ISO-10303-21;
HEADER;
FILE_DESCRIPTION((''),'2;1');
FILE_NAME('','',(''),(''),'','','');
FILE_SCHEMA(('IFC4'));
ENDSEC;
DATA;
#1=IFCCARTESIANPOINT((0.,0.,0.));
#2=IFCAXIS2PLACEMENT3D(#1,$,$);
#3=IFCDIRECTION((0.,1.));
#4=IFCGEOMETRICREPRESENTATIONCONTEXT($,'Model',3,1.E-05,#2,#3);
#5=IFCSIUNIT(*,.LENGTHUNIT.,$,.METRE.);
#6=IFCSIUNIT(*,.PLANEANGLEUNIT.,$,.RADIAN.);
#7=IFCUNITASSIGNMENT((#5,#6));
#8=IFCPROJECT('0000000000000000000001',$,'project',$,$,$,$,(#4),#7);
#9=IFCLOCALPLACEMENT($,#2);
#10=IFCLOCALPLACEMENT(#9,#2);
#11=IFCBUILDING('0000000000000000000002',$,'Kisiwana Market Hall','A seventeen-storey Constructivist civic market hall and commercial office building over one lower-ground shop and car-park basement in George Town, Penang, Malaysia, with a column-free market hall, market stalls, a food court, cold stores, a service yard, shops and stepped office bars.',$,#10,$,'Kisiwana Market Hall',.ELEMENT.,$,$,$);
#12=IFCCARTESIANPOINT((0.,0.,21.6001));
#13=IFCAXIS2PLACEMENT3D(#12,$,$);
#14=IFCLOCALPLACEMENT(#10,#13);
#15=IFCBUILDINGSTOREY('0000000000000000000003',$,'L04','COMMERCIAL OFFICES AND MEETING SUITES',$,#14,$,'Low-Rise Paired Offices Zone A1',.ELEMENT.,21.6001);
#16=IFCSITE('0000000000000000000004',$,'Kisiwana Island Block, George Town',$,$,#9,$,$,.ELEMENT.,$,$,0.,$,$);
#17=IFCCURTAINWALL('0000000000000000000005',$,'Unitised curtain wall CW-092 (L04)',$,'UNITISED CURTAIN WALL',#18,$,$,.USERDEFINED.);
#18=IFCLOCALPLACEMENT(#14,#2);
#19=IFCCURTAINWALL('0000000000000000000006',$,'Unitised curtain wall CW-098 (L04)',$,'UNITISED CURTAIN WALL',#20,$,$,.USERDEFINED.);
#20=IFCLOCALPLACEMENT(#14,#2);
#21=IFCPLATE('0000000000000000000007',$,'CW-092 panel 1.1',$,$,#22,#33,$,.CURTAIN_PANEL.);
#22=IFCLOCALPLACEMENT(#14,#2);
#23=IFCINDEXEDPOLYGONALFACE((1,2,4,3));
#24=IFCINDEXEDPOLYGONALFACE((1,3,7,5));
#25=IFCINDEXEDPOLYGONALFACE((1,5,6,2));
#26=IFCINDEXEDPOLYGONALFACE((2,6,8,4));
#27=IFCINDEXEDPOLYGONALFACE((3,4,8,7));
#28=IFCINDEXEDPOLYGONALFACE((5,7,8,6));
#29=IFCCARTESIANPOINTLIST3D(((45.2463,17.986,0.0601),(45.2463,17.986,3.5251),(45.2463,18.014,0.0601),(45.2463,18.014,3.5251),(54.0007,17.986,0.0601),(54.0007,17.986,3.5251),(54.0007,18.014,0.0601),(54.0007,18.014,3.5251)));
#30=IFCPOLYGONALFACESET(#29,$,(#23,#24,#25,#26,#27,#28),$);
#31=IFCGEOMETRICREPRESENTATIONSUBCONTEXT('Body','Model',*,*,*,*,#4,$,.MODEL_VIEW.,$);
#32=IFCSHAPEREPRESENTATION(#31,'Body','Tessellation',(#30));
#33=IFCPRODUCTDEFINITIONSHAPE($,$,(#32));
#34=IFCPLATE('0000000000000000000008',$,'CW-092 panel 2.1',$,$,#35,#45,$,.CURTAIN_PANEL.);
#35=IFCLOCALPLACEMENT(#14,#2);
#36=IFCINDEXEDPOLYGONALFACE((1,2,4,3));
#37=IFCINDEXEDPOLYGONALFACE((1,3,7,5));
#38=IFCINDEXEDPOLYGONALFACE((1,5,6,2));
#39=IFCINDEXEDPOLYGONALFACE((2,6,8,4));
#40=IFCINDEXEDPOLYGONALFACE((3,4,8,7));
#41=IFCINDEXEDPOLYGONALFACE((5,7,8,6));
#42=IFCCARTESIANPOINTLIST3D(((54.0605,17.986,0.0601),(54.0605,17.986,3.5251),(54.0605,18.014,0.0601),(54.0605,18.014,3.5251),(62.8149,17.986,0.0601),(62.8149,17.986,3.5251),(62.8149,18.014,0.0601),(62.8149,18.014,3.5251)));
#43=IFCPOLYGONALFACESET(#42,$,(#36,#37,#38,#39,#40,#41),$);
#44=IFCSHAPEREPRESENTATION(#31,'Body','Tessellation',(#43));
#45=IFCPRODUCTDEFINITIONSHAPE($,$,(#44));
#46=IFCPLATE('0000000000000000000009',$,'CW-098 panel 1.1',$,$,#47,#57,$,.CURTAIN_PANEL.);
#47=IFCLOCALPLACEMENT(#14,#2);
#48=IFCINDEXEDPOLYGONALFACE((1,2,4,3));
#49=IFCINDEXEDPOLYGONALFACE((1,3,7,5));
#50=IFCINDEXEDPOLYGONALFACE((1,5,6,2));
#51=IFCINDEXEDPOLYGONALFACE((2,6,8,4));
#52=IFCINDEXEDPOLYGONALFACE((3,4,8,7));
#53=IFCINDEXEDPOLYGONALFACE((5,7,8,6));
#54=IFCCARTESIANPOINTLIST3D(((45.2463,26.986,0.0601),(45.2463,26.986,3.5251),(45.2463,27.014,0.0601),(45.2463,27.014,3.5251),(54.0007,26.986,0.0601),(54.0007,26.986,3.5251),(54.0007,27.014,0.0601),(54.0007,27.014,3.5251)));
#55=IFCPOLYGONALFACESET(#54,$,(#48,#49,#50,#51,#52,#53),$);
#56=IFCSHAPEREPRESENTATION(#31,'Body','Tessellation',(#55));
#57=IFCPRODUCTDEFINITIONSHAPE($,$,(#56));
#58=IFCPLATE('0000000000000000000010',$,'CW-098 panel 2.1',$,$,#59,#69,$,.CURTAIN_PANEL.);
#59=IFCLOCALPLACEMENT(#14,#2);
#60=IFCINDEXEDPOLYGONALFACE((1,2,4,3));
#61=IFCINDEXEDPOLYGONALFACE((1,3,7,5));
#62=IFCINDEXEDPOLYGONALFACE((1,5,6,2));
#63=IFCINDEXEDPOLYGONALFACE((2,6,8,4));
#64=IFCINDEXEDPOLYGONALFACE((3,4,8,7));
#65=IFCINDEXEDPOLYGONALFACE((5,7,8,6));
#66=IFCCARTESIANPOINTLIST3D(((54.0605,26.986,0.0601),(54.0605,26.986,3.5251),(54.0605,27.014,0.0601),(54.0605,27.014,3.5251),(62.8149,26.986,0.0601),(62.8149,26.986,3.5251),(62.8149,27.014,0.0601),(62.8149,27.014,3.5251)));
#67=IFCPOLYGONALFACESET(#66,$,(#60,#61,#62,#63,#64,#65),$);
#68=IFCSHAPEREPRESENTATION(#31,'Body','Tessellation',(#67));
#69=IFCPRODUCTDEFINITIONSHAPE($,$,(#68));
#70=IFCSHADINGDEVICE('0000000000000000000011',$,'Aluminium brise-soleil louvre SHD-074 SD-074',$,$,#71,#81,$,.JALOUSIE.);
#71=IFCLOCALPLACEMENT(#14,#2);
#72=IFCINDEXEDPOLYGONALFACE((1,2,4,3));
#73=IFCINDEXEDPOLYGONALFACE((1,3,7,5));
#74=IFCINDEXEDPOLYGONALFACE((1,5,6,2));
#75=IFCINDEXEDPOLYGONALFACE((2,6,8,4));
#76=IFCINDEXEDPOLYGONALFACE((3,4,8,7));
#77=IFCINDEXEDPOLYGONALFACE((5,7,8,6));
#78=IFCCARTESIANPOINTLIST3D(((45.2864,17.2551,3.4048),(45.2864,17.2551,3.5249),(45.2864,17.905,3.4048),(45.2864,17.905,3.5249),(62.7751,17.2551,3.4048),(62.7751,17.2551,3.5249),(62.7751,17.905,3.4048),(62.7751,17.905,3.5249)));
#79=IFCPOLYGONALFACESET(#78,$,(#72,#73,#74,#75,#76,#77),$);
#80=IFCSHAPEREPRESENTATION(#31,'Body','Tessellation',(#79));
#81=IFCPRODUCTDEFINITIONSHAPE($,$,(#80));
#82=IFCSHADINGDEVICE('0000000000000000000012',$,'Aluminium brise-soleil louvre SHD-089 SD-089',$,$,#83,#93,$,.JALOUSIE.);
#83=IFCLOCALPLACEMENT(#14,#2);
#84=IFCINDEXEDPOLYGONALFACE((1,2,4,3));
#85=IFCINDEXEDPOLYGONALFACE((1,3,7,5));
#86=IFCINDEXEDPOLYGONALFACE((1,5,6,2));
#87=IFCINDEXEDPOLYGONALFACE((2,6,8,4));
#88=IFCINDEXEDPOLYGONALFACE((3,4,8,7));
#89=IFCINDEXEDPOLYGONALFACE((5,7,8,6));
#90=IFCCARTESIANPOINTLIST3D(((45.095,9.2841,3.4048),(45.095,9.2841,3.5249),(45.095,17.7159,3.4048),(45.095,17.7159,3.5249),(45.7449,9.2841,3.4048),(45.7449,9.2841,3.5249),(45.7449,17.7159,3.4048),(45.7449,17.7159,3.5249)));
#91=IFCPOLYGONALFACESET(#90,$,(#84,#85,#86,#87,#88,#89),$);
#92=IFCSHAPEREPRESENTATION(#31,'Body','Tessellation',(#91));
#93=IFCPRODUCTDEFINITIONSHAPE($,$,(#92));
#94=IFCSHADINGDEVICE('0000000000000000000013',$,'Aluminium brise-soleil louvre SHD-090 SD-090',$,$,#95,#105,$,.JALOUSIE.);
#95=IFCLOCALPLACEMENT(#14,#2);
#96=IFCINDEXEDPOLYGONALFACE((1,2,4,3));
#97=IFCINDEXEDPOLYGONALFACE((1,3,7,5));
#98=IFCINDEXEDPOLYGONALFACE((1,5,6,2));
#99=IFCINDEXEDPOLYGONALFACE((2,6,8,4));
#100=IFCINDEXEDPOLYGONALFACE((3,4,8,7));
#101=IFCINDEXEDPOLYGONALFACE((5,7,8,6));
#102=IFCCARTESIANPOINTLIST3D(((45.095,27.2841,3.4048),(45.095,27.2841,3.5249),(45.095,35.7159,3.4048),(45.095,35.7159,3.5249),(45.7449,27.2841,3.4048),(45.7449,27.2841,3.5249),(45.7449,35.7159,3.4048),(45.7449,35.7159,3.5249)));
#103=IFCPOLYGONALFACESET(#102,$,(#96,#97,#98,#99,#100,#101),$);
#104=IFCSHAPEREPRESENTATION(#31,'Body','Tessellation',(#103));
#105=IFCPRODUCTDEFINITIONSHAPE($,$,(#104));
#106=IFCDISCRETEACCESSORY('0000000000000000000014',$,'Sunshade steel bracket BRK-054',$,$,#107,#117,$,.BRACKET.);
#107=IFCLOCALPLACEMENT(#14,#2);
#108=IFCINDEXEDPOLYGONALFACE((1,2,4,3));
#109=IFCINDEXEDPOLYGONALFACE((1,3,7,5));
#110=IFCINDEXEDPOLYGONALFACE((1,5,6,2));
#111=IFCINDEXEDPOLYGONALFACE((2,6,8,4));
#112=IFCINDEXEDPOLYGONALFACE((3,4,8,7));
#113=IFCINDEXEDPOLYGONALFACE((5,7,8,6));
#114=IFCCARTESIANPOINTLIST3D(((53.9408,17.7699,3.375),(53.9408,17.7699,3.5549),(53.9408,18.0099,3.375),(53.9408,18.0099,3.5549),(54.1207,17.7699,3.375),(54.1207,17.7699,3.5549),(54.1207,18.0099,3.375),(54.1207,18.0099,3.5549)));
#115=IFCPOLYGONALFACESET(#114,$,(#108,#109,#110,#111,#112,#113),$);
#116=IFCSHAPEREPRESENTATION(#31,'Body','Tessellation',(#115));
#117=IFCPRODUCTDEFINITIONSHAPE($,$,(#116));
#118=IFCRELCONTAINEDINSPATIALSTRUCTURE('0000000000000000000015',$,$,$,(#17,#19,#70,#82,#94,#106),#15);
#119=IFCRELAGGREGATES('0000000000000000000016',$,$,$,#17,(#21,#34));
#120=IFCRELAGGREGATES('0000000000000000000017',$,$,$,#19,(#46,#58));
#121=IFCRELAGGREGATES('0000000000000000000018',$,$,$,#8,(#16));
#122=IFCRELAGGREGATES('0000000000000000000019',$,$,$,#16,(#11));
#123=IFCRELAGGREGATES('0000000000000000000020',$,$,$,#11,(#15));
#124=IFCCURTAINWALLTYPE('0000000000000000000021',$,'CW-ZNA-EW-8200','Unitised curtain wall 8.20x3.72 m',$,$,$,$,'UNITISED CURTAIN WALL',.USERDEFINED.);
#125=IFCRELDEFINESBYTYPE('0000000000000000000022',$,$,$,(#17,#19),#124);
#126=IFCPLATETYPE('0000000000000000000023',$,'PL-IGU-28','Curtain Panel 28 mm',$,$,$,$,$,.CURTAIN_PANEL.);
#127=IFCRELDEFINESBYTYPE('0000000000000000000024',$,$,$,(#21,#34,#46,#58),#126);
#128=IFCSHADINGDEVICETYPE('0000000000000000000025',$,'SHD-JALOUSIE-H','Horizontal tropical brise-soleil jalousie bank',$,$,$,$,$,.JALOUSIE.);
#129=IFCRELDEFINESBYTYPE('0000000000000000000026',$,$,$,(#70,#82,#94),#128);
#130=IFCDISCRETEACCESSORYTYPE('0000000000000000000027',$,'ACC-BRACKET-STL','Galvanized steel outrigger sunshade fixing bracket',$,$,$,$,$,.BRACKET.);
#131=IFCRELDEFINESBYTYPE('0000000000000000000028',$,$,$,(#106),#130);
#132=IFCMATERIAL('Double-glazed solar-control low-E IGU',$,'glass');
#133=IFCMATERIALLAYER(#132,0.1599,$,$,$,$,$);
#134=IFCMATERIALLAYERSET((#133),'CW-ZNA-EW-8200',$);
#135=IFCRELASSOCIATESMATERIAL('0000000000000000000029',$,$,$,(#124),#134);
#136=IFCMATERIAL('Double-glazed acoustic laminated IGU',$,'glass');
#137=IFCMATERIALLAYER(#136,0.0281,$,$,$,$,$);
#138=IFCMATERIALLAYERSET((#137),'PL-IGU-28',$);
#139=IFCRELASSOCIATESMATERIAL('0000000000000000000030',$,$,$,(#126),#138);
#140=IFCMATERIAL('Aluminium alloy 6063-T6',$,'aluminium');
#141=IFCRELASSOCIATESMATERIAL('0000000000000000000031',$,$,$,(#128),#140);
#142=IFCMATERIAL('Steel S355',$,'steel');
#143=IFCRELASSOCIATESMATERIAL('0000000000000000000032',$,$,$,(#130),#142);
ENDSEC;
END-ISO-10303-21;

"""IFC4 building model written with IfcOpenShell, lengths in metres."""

from ifc_helpers import new_model, si_unit, direction, frame, origin, origin_2d, place, context, subcontext, project, spatial, rectangle, extrude, material, layer, layer_set, type_object, element, aggregate, save


model = new_model("IFC4")

# Units and contexts
model_context = context("Model", 3, precision=1e-05, world=origin(), true_north=direction((0.0, 1.0)))
body_context = subcontext(model_context, "Body", "Model", "MODEL_VIEW")
ifc_project = project(units=[si_unit("LENGTHUNIT", "METRE"), si_unit("PLANEANGLEUNIT", "RADIAN")], contexts=[model_context])

# Site, building, storey
site_placement = place(None, origin())
site = spatial("IfcSite", under=ifc_project, at=site_placement, Name="Kisiwana Island Block, George Town", CompositionType="ELEMENT", RefElevation=0.0)
building_placement = place(site_placement, origin())
building = spatial("IfcBuilding", under=site, at=building_placement, Name="Kisiwana Market Hall", Description="A seventeen-storey Constructivist civic market hall and commercial office building over one lower-ground shop and car-park basement in George Town, Penang, Malaysia, with a column-free market hall, market stalls, a food court, cold stores, a service yard, shops and stepped office bars.", LongName="Kisiwana Market Hall", CompositionType="ELEMENT")
storey_placement = place(building_placement, frame((0.0, 0.0, 21.6001)))
storey = spatial("IfcBuildingStorey", under=building, at=storey_placement, Name="L04", Description="COMMERCIAL OFFICES AND MEETING SUITES", LongName="Low-Rise Paired Offices Zone A1", CompositionType="ELEMENT", Elevation=21.6001)

# Curtain wall
ifc_material_1 = material(Name="Double-glazed solar-control low-E IGU", Category="glass")
ifc_layer_1 = layer(ifc_material_1, 0.1599)
ifc_layer_set_1 = layer_set([ifc_layer_1], Name="CW-ZNA-EW-8200")
curtain_wall_type = type_object("IfcCurtainWallType", Name="CW-ZNA-EW-8200", Description="Unitised curtain wall 8.20x3.72 m", ElementType="UNITISED CURTAIN WALL", PredefinedType="USERDEFINED", material=ifc_layer_set_1)
curtain_wall_1_placement = place(storey_placement, origin())
curtain_wall_1 = element("IfcCurtainWall", 1, at=curtain_wall_1_placement, inside=storey, type_object=curtain_wall_type, Name="Unitised curtain wall CW-092 (L04)", ObjectType="UNITISED CURTAIN WALL", PredefinedType="USERDEFINED")

# Curtain wall
curtain_wall_2_placement = place(storey_placement, origin())
curtain_wall_2 = element("IfcCurtainWall", 2, at=curtain_wall_2_placement, inside=storey, type_object=curtain_wall_type, Name="Unitised curtain wall CW-098 (L04)", ObjectType="UNITISED CURTAIN WALL", PredefinedType="USERDEFINED")

# Plates
ifc_material_2 = material(Name="Double-glazed acoustic laminated IGU", Category="glass")
ifc_layer_2 = layer(ifc_material_2, 0.0281)
ifc_layer_set_2 = layer_set([ifc_layer_2], Name="PL-IGU-28")
plate_type = type_object("IfcPlateType", Name="PL-IGU-28", Description="Curtain Panel 28 mm", PredefinedType="CURTAIN_PANEL", material=ifc_layer_set_2)
plate_1_placement = place(storey_placement, frame((49.6235, 18.0, 0.0601), z_axis=(0.0, 0.0, 1.0), x_axis=(1.0, 0.0, 0.0)))
plate_1 = element("IfcPlate", 3, at=plate_1_placement, type_object=plate_type, Name="CW-092 panel 1.1", PredefinedType="CURTAIN_PANEL", context=body_context, shape_type="SweptSolid", body=[
    extrude(rectangle(XDim=8.7544, YDim=0.0281, at=origin_2d()), origin(), (0.0, 0.0, 1.0), 3.4651),
])
plate_2_placement = place(storey_placement, frame((58.4377, 18.0, 0.0601), z_axis=(0.0, 0.0, 1.0), x_axis=(1.0, 0.0, 0.0)))
plate_2 = element("IfcPlate", 4, at=plate_2_placement, type_object=plate_type, Name="CW-092 panel 2.1", PredefinedType="CURTAIN_PANEL", context=body_context, shape_type="SweptSolid", body=[
    extrude(rectangle(XDim=8.7544, YDim=0.0281, at=origin_2d()), origin(), (0.0, 0.0, 1.0), 3.4651),
])
aggregate(curtain_wall_1, [plate_1, plate_2])
plate_3_placement = place(storey_placement, frame((49.6235, 27.0, 0.0601), z_axis=(0.0, 0.0, 1.0), x_axis=(1.0, 0.0, 0.0)))
plate_3 = element("IfcPlate", 5, at=plate_3_placement, type_object=plate_type, Name="CW-098 panel 1.1", PredefinedType="CURTAIN_PANEL", context=body_context, shape_type="SweptSolid", body=[
    extrude(rectangle(XDim=8.7544, YDim=0.0281, at=origin_2d()), origin(), (0.0, 0.0, 1.0), 3.4651),
])
plate_4_placement = place(storey_placement, frame((58.4377, 27.0, 0.0601), z_axis=(0.0, 0.0, 1.0), x_axis=(1.0, 0.0, 0.0)))
plate_4 = element("IfcPlate", 6, at=plate_4_placement, type_object=plate_type, Name="CW-098 panel 2.1", PredefinedType="CURTAIN_PANEL", context=body_context, shape_type="SweptSolid", body=[
    extrude(rectangle(XDim=8.7544, YDim=0.0281, at=origin_2d()), origin(), (0.0, 0.0, 1.0), 3.4651),
])
aggregate(curtain_wall_2, [plate_3, plate_4])

# Shading devices
ifc_material_3 = material(Name="Aluminium alloy 6063-T6", Category="aluminium")
shading_device_type = type_object("IfcShadingDeviceType", Name="SHD-JALOUSIE-H", Description="Horizontal tropical brise-soleil jalousie bank", PredefinedType="JALOUSIE", material=ifc_material_3)
shading_device_placement = place(storey_placement, frame((54.0308, 17.5801, 3.4048), z_axis=(0.0, 0.0, 1.0), x_axis=(1.0, 0.0, 0.0)))
element("IfcShadingDevice", 7, at=shading_device_placement, inside=storey, type_object=shading_device_type, Name="Aluminium brise-soleil louvre SHD-074 SD-074", PredefinedType="JALOUSIE", context=body_context, shape_type="SweptSolid", body=[
    extrude(rectangle(XDim=17.4888, YDim=0.6499, at=origin_2d()), origin(), (0.0, 0.0, 1.0), 0.1201),
])
for number, where, z_axis, x_axis, name in (
    (8, (45.4199, 13.5, 3.4048), (0.0, 0.0, 1.0), (0.0, 1.0, 0.0), "Aluminium brise-soleil louvre SHD-089 SD-089"),
    (9, (45.4199, 31.5, 3.4048), (0.0, 0.0, 1.0), (0.0, 1.0, 0.0), "Aluminium brise-soleil louvre SHD-090 SD-090"),
):
    element("IfcShadingDevice", number, at=place(storey_placement, frame(where, z_axis=z_axis, x_axis=x_axis)), inside=storey, type_object=shading_device_type, Name=name, PredefinedType="JALOUSIE", context=body_context, shape_type="SweptSolid", body=[
        extrude(rectangle(XDim=8.4319, YDim=0.6499, at=origin_2d()), origin(), (0.0, 0.0, 1.0), 0.1201),
    ])

# Discrete accessory
ifc_material_4 = material(Name="Steel S355", Category="steel")
discrete_accessory_type = type_object("IfcDiscreteAccessoryType", Name="ACC-BRACKET-STL", Description="Galvanized steel outrigger sunshade fixing bracket", PredefinedType="BRACKET", material=ifc_material_4)
discrete_accessory_placement = place(storey_placement, frame((54.0308, 17.8899, 3.375), z_axis=(0.0, 0.0, 1.0), x_axis=(1.0, 0.0, 0.0)))
element("IfcDiscreteAccessory", 10, at=discrete_accessory_placement, inside=storey, type_object=discrete_accessory_type, Name="Sunshade steel bracket BRK-054", PredefinedType="BRACKET", context=body_context, shape_type="SweptSolid", body=[
    extrude(rectangle(XDim=0.1799, YDim=0.24, at=origin_2d()), origin(), (0.0, 0.0, 1.0), 0.1799),
])

save(model, "model.ifc")
